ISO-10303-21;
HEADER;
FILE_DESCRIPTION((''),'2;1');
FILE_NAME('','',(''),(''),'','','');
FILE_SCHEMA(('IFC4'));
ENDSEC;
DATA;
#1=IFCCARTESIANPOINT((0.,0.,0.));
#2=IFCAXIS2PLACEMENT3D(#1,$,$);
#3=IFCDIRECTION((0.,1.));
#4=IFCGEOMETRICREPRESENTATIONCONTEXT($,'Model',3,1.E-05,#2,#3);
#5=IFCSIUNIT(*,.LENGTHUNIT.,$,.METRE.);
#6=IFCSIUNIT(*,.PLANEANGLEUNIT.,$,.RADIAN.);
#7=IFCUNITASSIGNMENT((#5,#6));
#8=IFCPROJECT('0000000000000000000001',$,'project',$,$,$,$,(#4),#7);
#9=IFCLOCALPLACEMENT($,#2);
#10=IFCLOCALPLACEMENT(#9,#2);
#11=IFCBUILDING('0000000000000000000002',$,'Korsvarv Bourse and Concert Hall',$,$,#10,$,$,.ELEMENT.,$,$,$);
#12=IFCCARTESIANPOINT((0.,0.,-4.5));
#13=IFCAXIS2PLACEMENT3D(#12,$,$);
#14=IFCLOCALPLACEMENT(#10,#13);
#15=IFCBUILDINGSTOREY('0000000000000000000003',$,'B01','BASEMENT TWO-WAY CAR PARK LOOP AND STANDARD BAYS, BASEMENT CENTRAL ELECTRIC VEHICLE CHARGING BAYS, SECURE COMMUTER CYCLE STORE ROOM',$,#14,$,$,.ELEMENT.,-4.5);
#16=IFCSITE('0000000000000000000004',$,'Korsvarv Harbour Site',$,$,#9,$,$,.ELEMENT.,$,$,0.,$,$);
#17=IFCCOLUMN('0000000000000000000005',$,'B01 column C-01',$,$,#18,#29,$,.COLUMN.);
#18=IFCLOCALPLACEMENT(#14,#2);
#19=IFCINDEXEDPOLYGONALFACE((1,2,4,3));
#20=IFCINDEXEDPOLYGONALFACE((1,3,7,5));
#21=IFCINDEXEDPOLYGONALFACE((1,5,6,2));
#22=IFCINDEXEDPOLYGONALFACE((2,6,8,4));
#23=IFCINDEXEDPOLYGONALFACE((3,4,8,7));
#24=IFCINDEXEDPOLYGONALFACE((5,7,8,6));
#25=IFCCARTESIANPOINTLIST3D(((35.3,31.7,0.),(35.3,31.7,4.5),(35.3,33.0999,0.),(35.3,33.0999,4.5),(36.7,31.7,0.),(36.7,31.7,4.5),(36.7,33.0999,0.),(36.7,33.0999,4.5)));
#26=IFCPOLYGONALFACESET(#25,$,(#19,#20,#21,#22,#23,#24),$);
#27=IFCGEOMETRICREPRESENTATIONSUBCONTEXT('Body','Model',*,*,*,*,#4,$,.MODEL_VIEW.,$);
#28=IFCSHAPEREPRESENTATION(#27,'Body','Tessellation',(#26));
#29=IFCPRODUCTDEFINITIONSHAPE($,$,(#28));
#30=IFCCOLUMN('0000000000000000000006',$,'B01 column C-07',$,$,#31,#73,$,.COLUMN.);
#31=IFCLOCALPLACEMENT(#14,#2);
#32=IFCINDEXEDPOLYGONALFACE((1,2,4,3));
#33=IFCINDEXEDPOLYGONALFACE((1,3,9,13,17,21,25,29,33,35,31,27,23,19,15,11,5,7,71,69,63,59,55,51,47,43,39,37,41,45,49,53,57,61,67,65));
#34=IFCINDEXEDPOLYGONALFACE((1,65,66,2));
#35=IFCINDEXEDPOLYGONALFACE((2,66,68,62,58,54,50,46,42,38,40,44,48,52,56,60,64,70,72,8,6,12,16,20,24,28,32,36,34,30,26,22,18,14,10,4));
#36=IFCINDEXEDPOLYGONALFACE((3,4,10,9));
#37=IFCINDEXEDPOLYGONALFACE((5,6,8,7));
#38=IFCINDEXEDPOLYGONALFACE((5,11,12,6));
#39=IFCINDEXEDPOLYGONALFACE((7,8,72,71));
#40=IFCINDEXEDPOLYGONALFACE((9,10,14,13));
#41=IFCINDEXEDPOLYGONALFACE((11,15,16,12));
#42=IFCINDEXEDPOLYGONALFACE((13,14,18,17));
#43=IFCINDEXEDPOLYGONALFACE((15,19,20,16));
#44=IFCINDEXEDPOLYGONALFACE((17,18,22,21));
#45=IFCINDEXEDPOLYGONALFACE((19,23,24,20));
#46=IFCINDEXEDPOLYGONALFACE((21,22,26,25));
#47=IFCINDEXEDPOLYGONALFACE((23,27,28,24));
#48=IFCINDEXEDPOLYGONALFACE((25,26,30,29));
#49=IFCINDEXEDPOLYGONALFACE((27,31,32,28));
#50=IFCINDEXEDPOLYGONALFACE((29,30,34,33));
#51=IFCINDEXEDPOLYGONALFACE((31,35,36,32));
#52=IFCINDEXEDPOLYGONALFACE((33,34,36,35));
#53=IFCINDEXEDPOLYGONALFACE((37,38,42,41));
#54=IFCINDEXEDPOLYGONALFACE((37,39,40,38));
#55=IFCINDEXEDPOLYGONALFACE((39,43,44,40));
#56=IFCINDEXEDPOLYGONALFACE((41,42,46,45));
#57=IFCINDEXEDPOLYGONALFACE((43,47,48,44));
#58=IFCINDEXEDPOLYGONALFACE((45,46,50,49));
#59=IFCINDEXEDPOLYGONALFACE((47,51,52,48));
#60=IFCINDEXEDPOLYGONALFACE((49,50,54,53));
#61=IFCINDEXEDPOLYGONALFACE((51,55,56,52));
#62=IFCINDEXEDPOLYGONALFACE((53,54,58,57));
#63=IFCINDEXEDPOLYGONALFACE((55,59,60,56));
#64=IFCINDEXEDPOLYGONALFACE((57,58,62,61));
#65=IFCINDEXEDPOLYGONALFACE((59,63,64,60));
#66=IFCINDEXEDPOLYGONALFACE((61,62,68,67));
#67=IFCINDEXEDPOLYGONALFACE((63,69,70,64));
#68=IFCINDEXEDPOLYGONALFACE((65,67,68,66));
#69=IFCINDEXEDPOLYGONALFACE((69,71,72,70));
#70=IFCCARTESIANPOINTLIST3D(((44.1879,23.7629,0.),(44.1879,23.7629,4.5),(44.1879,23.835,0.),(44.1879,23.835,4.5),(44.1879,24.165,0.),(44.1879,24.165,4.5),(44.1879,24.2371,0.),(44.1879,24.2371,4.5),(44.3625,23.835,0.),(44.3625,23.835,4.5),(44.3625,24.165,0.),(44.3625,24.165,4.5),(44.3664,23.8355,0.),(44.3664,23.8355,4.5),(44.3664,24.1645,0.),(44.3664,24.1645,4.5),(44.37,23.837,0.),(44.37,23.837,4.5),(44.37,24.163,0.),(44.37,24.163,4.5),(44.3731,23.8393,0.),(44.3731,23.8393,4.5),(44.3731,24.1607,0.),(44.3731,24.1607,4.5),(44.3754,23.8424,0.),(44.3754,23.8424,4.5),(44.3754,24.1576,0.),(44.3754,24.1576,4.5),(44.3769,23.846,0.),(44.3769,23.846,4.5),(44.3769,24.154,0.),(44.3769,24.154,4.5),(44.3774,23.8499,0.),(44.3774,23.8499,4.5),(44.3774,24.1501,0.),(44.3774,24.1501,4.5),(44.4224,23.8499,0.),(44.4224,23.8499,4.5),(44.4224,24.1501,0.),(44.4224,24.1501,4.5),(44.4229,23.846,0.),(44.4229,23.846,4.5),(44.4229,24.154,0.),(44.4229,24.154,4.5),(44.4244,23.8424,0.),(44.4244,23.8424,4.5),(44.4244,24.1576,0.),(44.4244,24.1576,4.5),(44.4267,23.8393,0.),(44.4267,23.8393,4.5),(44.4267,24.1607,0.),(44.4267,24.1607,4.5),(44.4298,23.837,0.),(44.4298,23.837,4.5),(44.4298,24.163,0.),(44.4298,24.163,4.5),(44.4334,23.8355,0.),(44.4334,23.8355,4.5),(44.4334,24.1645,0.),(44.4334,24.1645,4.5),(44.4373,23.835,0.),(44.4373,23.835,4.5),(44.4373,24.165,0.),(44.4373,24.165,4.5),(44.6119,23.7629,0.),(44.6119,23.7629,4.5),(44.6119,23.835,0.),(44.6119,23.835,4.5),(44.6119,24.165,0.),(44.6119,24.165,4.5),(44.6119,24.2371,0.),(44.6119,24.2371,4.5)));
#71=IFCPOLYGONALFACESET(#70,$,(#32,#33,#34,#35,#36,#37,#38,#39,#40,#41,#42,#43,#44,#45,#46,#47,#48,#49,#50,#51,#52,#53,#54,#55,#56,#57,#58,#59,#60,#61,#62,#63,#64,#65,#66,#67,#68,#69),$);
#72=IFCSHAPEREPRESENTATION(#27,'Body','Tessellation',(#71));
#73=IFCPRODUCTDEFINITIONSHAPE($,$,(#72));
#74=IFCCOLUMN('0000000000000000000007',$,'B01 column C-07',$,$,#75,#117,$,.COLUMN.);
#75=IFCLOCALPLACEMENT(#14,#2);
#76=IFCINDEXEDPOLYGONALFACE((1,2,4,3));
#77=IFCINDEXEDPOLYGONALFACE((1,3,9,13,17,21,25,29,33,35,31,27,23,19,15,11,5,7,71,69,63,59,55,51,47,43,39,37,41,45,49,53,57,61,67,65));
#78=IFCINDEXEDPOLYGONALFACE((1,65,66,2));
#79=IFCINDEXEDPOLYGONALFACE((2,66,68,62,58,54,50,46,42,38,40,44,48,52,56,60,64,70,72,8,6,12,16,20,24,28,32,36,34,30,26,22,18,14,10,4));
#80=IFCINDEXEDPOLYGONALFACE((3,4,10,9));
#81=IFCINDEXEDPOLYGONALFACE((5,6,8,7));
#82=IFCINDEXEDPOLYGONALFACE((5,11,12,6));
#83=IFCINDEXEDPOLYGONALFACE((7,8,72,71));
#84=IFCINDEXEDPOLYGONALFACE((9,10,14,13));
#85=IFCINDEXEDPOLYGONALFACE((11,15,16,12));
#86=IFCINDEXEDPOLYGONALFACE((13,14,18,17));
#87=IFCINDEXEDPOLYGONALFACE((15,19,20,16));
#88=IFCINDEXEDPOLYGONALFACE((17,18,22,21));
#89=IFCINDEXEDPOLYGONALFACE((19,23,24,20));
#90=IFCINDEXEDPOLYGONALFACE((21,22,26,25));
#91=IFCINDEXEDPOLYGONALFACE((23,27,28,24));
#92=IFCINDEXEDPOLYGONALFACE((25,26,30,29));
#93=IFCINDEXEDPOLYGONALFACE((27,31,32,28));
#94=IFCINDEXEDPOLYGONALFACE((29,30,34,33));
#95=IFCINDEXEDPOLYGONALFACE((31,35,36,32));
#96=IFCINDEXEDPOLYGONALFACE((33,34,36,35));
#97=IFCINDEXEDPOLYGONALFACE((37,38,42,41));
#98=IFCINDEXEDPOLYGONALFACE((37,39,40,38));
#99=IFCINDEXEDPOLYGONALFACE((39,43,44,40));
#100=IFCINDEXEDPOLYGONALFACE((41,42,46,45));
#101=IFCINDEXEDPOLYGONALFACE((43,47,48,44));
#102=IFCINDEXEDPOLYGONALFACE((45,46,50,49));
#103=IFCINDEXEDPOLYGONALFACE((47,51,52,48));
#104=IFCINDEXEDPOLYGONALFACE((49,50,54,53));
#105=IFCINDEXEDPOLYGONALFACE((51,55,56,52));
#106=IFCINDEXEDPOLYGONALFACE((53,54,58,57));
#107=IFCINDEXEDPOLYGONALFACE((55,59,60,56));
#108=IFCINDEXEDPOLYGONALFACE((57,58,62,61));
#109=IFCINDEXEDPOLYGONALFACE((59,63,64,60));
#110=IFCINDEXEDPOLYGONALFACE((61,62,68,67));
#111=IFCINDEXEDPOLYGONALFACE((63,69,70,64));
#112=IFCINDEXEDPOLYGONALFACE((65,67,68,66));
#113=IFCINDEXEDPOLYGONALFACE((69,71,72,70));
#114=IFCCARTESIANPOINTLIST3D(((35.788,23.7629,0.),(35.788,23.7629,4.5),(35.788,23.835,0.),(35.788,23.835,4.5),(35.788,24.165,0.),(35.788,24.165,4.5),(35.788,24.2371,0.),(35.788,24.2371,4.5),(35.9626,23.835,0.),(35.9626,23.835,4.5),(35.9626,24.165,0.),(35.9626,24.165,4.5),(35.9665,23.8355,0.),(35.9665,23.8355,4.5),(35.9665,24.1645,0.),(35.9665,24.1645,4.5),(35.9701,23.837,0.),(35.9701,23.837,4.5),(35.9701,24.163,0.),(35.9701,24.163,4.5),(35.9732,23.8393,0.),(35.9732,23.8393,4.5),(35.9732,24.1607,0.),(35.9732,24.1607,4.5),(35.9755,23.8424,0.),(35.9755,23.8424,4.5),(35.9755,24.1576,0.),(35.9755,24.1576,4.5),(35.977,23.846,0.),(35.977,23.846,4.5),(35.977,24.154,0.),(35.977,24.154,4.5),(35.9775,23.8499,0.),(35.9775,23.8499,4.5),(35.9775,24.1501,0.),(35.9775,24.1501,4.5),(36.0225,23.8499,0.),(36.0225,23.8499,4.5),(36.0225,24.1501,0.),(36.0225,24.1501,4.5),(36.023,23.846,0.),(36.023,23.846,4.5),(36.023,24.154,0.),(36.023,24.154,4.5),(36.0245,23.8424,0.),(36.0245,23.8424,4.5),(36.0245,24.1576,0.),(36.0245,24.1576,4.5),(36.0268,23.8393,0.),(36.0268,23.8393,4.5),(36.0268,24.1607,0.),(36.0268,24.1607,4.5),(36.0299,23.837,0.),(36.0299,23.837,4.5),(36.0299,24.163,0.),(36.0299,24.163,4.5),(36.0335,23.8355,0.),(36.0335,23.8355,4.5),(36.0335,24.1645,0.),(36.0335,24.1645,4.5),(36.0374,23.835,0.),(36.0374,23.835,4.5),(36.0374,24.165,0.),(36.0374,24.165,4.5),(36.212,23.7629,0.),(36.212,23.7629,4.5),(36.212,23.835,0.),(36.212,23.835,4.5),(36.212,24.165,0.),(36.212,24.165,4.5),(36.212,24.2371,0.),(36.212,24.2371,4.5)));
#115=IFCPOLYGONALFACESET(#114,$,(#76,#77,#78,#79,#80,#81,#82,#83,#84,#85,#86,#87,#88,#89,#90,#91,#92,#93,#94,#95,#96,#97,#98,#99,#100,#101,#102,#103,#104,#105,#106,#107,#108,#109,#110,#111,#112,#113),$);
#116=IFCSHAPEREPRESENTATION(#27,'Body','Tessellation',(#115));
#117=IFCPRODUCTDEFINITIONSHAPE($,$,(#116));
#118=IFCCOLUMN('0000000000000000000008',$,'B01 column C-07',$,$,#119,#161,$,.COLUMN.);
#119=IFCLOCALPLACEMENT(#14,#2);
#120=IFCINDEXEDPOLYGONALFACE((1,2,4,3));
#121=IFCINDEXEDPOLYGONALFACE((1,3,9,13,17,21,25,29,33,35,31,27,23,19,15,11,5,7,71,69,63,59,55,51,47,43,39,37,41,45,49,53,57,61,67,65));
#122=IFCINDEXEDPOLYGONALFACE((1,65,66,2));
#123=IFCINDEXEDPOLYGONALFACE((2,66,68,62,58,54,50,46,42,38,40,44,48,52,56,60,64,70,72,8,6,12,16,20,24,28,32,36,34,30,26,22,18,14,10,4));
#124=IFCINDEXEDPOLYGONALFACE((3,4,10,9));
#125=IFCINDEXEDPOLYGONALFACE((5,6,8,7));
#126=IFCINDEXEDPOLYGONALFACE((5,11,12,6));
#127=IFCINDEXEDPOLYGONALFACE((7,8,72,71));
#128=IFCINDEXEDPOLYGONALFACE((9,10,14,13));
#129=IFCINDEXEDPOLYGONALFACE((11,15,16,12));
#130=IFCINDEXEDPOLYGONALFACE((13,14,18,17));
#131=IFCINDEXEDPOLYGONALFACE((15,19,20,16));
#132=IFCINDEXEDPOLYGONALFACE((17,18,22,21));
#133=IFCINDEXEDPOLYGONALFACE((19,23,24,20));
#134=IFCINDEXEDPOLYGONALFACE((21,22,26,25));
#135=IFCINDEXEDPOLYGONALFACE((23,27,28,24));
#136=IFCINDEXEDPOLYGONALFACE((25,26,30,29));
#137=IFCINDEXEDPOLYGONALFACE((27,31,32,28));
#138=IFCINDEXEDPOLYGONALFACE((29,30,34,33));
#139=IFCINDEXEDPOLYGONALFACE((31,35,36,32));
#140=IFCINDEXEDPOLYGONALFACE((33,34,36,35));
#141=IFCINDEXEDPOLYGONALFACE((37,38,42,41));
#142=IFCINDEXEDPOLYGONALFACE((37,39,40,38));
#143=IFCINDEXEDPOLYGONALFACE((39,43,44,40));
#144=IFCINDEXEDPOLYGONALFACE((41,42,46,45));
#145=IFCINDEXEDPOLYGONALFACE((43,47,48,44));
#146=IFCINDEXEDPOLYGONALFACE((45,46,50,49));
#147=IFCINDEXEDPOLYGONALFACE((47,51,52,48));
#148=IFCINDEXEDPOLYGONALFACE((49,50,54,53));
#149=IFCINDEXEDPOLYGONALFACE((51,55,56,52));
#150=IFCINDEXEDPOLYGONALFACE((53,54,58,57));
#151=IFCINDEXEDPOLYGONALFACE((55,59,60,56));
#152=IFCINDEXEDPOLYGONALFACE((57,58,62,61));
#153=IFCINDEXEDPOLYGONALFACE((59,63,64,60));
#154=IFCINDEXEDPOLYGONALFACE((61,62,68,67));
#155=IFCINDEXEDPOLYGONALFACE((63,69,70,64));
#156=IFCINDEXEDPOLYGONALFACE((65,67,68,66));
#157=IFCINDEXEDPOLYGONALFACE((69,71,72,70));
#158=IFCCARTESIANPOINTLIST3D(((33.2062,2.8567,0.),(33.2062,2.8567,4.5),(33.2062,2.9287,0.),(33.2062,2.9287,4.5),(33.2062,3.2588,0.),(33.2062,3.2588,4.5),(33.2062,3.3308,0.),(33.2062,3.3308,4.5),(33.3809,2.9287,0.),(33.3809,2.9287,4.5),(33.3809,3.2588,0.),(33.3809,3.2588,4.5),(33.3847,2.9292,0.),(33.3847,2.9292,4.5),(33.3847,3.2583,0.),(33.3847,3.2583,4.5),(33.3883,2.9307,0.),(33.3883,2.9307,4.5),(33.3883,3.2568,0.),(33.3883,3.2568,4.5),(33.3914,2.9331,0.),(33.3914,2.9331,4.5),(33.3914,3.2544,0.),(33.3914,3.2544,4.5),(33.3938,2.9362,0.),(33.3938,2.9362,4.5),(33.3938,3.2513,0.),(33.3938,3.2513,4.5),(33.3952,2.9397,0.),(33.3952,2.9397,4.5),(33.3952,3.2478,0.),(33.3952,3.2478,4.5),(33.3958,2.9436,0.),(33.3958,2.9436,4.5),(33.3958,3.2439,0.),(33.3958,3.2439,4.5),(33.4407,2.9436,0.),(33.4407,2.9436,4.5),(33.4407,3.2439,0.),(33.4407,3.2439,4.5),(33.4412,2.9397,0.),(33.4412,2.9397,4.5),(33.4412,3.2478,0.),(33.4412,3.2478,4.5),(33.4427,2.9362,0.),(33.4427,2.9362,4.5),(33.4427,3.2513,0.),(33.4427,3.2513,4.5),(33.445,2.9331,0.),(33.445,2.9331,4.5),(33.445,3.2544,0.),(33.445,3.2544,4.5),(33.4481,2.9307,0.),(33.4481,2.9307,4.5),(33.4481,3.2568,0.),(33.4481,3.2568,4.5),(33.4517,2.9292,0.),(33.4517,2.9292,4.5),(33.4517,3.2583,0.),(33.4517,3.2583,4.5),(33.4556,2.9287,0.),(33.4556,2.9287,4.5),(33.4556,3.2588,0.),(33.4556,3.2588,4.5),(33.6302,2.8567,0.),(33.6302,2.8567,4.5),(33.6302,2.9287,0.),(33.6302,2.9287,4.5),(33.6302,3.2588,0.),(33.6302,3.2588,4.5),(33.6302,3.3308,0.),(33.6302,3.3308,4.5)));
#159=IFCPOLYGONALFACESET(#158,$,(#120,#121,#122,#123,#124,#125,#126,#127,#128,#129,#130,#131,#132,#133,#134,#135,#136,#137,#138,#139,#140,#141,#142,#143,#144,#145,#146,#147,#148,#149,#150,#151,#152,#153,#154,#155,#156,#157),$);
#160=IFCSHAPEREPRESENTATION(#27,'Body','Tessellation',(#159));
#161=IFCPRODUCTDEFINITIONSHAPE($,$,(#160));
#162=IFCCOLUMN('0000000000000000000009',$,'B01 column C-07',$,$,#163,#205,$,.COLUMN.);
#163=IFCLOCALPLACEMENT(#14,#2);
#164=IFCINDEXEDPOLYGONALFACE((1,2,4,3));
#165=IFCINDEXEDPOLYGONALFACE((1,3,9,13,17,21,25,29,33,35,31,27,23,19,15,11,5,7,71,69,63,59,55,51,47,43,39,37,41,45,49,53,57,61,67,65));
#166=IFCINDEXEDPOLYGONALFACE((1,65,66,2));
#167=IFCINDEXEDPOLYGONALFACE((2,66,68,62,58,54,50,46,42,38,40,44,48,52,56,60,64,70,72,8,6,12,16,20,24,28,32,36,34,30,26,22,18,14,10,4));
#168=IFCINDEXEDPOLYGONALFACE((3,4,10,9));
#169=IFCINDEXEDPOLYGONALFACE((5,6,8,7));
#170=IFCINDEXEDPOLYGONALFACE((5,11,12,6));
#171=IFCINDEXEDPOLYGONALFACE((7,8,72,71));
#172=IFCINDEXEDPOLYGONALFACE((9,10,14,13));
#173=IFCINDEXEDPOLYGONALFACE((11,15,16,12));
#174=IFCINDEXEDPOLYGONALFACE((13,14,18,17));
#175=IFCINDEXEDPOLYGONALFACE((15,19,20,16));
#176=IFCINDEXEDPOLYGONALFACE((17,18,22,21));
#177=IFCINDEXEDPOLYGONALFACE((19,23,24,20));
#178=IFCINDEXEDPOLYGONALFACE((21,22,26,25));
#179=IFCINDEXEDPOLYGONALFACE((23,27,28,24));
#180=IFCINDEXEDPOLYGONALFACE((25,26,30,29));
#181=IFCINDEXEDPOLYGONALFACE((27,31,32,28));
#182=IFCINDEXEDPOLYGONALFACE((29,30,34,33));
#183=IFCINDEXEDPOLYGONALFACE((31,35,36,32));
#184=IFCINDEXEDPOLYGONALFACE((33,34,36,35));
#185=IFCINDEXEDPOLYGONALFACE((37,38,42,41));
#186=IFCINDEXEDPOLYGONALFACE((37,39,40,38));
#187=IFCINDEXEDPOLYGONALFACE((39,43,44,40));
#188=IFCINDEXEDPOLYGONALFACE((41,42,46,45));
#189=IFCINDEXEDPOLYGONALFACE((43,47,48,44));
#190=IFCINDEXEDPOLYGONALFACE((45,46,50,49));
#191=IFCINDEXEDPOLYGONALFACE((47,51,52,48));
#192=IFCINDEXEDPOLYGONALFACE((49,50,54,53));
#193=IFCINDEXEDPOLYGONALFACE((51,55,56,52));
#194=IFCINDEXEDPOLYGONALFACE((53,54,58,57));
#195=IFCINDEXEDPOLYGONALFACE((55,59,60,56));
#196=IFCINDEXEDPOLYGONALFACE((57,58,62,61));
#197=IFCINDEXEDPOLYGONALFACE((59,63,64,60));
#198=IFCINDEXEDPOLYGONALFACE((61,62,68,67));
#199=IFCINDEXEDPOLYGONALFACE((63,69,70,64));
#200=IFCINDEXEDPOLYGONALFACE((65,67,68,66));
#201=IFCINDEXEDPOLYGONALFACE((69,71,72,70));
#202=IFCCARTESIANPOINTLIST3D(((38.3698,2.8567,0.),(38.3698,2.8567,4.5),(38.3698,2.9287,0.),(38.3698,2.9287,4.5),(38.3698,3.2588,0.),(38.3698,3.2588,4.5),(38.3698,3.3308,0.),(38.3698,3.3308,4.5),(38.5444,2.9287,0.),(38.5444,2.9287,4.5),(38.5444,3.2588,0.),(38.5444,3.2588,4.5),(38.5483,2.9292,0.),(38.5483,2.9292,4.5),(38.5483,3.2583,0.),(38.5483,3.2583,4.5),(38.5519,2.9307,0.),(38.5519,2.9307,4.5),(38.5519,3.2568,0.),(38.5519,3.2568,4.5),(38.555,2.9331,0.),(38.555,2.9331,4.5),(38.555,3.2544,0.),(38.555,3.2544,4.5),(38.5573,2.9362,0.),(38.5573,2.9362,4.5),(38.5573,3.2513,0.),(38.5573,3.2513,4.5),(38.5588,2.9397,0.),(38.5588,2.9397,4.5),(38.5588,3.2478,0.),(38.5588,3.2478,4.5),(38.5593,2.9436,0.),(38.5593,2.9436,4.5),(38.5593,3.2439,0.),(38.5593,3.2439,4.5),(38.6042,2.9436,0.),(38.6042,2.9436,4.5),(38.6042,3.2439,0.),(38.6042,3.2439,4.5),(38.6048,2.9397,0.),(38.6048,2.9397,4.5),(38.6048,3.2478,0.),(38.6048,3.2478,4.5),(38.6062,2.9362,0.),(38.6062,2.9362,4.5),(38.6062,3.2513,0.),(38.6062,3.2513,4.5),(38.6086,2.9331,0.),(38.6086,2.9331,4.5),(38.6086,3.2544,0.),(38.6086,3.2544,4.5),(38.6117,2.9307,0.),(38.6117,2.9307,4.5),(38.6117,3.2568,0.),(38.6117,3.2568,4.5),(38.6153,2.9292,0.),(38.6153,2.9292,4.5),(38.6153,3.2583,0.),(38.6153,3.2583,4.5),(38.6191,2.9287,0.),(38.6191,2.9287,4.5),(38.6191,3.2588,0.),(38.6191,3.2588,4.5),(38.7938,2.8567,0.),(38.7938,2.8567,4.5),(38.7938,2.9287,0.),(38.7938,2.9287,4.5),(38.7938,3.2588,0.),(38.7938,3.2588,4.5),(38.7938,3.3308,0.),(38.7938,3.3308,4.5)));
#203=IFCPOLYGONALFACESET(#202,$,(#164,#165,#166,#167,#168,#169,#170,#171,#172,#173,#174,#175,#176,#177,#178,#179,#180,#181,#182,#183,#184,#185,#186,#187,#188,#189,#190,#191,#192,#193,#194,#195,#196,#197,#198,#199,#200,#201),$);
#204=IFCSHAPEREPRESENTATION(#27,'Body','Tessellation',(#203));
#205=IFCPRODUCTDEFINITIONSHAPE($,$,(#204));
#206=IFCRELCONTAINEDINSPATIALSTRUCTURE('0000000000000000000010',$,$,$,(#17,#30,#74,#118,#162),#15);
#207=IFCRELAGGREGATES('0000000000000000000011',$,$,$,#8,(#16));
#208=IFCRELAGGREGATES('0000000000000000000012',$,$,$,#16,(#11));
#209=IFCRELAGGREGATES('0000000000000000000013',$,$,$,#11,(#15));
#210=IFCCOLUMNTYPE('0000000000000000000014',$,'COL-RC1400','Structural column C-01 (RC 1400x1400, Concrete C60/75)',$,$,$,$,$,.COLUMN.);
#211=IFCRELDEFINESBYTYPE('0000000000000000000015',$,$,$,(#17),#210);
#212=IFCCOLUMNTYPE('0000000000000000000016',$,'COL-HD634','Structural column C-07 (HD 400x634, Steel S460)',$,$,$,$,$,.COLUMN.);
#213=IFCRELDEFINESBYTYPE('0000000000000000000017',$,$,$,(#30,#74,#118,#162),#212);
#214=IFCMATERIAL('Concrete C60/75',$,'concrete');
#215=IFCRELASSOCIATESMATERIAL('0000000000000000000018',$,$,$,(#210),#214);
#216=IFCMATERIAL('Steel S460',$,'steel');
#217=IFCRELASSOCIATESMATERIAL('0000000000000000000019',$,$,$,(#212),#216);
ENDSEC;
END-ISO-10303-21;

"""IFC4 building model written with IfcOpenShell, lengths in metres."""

from ifc_helpers import new_model, si_unit, direction, frame, origin, origin_2d, place, context, subcontext, project, spatial, rectangle, i_section, extrude, source, transform, mapped, material, material_profile, profile_set, type_object, element, save


model = new_model("IFC4")

# Units and contexts
model_context = context("Model", 3, precision=1e-05, world=origin(), true_north=direction((0.0, 1.0)))
body_context = subcontext(model_context, "Body", "Model", "MODEL_VIEW")
ifc_project = project(units=[si_unit("LENGTHUNIT", "METRE"), si_unit("PLANEANGLEUNIT", "RADIAN")], contexts=[model_context])

# Site, building, storey
site_placement = place(None, origin())
site = spatial("IfcSite", under=ifc_project, at=site_placement, Name="Korsvarv Harbour Site", CompositionType="ELEMENT", RefElevation=0.0)
building_placement = place(site_placement, origin())
building = spatial("IfcBuilding", under=site, at=building_placement, Name="Korsvarv Bourse and Concert Hall", CompositionType="ELEMENT")
storey_placement = place(building_placement, frame((0.0, 0.0, -4.5)))
storey = spatial("IfcBuildingStorey", under=building, at=storey_placement, Name="B01", Description="BASEMENT TWO-WAY CAR PARK LOOP AND STANDARD BAYS, BASEMENT CENTRAL ELECTRIC VEHICLE CHARGING BAYS, SECURE COMMUTER CYCLE STORE ROOM", CompositionType="ELEMENT", Elevation=-4.5)

# Columns
ifc_material_1 = material(Name="Concrete C60/75", Category="concrete")
ifc_material_profile_1 = material_profile(ifc_material_1, rectangle(XDim=1.3999, YDim=1.3999, at=origin_2d()), Name="RC 1400x1400")
ifc_profile_set_1 = profile_set([ifc_material_profile_1], Name="Concrete C60/75")
column_type_1 = type_object("IfcColumnType", Name="COL-RC1400", Description="Structural column C-01 (RC 1400x1400, Concrete C60/75)", PredefinedType="COLUMN", material=ifc_profile_set_1)
shared_shape_1 = source(origin(), body_context, "Body", "SweptSolid", [
    extrude(rectangle(XDim=1.3999, YDim=1.3999, at=origin_2d()), origin(), (0.0, 0.0, 1.0), 4.5),
])
column_placement = place(storey_placement, frame((36.0, 32.3999, 0.0), z_axis=(0.0, 0.0, 1.0), x_axis=(1.0, 0.0, 0.0)))
element("IfcColumn", 1, at=column_placement, inside=storey, type_object=column_type_1, Name="B01 column C-01", PredefinedType="COLUMN", context=body_context, shape_type="MappedRepresentation", body=[
    mapped(shared_shape_1, transform((0.0, 0.0, 0.0), scale=1.0)),
])
ifc_material_2 = material(Name="Steel S460", Category="steel")
ifc_material_profile_2 = material_profile(ifc_material_2, i_section(OverallWidth=0.4241, OverallDepth=0.4741, WebThickness=0.0449, FlangeThickness=0.072, FilletRadius=0.0149, at=origin_2d()), Name="HD 400x634")
ifc_profile_set_2 = profile_set([ifc_material_profile_2], Name="Steel S460")
column_type_2 = type_object("IfcColumnType", Name="COL-HD634", Description="Structural column C-07 (HD 400x634, Steel S460)", PredefinedType="COLUMN", material=ifc_profile_set_2)
shared_shape_2 = source(origin(), body_context, "Body", "SweptSolid", [
    extrude(i_section(OverallWidth=0.4241, OverallDepth=0.4741, WebThickness=0.0449, FlangeThickness=0.072, FilletRadius=0.0149, at=origin_2d()), origin(), (0.0, 0.0, 1.0), 4.5),
])
for number, where, z_axis, x_axis, name in (
    (2, (44.3999, 24.0, 0.0), (0.0, 0.0, 1.0), (1.0, 0.0, 0.0), "B01 column C-07"),
    (3, (36.0, 24.0, 0.0), (0.0, 0.0, 1.0), (1.0, 0.0, 0.0), "B01 column C-07"),
    (4, (33.4182, 3.0938, 0.0), (0.0, 0.0, 1.0), (1.0, 0.0, 0.0), "B01 column C-07"),
    (5, (38.5818, 3.0938, 0.0), (0.0, 0.0, 1.0), (1.0, 0.0, 0.0), "B01 column C-07"),
):
    element("IfcColumn", number, at=place(storey_placement, frame(where, z_axis=z_axis, x_axis=x_axis)), inside=storey, type_object=column_type_2, Name=name, PredefinedType="COLUMN", context=body_context, shape_type="MappedRepresentation", body=[
        mapped(shared_shape_2, transform((0.0, 0.0, 0.0), scale=1.0)),
    ])

save(model, "model.ifc")
